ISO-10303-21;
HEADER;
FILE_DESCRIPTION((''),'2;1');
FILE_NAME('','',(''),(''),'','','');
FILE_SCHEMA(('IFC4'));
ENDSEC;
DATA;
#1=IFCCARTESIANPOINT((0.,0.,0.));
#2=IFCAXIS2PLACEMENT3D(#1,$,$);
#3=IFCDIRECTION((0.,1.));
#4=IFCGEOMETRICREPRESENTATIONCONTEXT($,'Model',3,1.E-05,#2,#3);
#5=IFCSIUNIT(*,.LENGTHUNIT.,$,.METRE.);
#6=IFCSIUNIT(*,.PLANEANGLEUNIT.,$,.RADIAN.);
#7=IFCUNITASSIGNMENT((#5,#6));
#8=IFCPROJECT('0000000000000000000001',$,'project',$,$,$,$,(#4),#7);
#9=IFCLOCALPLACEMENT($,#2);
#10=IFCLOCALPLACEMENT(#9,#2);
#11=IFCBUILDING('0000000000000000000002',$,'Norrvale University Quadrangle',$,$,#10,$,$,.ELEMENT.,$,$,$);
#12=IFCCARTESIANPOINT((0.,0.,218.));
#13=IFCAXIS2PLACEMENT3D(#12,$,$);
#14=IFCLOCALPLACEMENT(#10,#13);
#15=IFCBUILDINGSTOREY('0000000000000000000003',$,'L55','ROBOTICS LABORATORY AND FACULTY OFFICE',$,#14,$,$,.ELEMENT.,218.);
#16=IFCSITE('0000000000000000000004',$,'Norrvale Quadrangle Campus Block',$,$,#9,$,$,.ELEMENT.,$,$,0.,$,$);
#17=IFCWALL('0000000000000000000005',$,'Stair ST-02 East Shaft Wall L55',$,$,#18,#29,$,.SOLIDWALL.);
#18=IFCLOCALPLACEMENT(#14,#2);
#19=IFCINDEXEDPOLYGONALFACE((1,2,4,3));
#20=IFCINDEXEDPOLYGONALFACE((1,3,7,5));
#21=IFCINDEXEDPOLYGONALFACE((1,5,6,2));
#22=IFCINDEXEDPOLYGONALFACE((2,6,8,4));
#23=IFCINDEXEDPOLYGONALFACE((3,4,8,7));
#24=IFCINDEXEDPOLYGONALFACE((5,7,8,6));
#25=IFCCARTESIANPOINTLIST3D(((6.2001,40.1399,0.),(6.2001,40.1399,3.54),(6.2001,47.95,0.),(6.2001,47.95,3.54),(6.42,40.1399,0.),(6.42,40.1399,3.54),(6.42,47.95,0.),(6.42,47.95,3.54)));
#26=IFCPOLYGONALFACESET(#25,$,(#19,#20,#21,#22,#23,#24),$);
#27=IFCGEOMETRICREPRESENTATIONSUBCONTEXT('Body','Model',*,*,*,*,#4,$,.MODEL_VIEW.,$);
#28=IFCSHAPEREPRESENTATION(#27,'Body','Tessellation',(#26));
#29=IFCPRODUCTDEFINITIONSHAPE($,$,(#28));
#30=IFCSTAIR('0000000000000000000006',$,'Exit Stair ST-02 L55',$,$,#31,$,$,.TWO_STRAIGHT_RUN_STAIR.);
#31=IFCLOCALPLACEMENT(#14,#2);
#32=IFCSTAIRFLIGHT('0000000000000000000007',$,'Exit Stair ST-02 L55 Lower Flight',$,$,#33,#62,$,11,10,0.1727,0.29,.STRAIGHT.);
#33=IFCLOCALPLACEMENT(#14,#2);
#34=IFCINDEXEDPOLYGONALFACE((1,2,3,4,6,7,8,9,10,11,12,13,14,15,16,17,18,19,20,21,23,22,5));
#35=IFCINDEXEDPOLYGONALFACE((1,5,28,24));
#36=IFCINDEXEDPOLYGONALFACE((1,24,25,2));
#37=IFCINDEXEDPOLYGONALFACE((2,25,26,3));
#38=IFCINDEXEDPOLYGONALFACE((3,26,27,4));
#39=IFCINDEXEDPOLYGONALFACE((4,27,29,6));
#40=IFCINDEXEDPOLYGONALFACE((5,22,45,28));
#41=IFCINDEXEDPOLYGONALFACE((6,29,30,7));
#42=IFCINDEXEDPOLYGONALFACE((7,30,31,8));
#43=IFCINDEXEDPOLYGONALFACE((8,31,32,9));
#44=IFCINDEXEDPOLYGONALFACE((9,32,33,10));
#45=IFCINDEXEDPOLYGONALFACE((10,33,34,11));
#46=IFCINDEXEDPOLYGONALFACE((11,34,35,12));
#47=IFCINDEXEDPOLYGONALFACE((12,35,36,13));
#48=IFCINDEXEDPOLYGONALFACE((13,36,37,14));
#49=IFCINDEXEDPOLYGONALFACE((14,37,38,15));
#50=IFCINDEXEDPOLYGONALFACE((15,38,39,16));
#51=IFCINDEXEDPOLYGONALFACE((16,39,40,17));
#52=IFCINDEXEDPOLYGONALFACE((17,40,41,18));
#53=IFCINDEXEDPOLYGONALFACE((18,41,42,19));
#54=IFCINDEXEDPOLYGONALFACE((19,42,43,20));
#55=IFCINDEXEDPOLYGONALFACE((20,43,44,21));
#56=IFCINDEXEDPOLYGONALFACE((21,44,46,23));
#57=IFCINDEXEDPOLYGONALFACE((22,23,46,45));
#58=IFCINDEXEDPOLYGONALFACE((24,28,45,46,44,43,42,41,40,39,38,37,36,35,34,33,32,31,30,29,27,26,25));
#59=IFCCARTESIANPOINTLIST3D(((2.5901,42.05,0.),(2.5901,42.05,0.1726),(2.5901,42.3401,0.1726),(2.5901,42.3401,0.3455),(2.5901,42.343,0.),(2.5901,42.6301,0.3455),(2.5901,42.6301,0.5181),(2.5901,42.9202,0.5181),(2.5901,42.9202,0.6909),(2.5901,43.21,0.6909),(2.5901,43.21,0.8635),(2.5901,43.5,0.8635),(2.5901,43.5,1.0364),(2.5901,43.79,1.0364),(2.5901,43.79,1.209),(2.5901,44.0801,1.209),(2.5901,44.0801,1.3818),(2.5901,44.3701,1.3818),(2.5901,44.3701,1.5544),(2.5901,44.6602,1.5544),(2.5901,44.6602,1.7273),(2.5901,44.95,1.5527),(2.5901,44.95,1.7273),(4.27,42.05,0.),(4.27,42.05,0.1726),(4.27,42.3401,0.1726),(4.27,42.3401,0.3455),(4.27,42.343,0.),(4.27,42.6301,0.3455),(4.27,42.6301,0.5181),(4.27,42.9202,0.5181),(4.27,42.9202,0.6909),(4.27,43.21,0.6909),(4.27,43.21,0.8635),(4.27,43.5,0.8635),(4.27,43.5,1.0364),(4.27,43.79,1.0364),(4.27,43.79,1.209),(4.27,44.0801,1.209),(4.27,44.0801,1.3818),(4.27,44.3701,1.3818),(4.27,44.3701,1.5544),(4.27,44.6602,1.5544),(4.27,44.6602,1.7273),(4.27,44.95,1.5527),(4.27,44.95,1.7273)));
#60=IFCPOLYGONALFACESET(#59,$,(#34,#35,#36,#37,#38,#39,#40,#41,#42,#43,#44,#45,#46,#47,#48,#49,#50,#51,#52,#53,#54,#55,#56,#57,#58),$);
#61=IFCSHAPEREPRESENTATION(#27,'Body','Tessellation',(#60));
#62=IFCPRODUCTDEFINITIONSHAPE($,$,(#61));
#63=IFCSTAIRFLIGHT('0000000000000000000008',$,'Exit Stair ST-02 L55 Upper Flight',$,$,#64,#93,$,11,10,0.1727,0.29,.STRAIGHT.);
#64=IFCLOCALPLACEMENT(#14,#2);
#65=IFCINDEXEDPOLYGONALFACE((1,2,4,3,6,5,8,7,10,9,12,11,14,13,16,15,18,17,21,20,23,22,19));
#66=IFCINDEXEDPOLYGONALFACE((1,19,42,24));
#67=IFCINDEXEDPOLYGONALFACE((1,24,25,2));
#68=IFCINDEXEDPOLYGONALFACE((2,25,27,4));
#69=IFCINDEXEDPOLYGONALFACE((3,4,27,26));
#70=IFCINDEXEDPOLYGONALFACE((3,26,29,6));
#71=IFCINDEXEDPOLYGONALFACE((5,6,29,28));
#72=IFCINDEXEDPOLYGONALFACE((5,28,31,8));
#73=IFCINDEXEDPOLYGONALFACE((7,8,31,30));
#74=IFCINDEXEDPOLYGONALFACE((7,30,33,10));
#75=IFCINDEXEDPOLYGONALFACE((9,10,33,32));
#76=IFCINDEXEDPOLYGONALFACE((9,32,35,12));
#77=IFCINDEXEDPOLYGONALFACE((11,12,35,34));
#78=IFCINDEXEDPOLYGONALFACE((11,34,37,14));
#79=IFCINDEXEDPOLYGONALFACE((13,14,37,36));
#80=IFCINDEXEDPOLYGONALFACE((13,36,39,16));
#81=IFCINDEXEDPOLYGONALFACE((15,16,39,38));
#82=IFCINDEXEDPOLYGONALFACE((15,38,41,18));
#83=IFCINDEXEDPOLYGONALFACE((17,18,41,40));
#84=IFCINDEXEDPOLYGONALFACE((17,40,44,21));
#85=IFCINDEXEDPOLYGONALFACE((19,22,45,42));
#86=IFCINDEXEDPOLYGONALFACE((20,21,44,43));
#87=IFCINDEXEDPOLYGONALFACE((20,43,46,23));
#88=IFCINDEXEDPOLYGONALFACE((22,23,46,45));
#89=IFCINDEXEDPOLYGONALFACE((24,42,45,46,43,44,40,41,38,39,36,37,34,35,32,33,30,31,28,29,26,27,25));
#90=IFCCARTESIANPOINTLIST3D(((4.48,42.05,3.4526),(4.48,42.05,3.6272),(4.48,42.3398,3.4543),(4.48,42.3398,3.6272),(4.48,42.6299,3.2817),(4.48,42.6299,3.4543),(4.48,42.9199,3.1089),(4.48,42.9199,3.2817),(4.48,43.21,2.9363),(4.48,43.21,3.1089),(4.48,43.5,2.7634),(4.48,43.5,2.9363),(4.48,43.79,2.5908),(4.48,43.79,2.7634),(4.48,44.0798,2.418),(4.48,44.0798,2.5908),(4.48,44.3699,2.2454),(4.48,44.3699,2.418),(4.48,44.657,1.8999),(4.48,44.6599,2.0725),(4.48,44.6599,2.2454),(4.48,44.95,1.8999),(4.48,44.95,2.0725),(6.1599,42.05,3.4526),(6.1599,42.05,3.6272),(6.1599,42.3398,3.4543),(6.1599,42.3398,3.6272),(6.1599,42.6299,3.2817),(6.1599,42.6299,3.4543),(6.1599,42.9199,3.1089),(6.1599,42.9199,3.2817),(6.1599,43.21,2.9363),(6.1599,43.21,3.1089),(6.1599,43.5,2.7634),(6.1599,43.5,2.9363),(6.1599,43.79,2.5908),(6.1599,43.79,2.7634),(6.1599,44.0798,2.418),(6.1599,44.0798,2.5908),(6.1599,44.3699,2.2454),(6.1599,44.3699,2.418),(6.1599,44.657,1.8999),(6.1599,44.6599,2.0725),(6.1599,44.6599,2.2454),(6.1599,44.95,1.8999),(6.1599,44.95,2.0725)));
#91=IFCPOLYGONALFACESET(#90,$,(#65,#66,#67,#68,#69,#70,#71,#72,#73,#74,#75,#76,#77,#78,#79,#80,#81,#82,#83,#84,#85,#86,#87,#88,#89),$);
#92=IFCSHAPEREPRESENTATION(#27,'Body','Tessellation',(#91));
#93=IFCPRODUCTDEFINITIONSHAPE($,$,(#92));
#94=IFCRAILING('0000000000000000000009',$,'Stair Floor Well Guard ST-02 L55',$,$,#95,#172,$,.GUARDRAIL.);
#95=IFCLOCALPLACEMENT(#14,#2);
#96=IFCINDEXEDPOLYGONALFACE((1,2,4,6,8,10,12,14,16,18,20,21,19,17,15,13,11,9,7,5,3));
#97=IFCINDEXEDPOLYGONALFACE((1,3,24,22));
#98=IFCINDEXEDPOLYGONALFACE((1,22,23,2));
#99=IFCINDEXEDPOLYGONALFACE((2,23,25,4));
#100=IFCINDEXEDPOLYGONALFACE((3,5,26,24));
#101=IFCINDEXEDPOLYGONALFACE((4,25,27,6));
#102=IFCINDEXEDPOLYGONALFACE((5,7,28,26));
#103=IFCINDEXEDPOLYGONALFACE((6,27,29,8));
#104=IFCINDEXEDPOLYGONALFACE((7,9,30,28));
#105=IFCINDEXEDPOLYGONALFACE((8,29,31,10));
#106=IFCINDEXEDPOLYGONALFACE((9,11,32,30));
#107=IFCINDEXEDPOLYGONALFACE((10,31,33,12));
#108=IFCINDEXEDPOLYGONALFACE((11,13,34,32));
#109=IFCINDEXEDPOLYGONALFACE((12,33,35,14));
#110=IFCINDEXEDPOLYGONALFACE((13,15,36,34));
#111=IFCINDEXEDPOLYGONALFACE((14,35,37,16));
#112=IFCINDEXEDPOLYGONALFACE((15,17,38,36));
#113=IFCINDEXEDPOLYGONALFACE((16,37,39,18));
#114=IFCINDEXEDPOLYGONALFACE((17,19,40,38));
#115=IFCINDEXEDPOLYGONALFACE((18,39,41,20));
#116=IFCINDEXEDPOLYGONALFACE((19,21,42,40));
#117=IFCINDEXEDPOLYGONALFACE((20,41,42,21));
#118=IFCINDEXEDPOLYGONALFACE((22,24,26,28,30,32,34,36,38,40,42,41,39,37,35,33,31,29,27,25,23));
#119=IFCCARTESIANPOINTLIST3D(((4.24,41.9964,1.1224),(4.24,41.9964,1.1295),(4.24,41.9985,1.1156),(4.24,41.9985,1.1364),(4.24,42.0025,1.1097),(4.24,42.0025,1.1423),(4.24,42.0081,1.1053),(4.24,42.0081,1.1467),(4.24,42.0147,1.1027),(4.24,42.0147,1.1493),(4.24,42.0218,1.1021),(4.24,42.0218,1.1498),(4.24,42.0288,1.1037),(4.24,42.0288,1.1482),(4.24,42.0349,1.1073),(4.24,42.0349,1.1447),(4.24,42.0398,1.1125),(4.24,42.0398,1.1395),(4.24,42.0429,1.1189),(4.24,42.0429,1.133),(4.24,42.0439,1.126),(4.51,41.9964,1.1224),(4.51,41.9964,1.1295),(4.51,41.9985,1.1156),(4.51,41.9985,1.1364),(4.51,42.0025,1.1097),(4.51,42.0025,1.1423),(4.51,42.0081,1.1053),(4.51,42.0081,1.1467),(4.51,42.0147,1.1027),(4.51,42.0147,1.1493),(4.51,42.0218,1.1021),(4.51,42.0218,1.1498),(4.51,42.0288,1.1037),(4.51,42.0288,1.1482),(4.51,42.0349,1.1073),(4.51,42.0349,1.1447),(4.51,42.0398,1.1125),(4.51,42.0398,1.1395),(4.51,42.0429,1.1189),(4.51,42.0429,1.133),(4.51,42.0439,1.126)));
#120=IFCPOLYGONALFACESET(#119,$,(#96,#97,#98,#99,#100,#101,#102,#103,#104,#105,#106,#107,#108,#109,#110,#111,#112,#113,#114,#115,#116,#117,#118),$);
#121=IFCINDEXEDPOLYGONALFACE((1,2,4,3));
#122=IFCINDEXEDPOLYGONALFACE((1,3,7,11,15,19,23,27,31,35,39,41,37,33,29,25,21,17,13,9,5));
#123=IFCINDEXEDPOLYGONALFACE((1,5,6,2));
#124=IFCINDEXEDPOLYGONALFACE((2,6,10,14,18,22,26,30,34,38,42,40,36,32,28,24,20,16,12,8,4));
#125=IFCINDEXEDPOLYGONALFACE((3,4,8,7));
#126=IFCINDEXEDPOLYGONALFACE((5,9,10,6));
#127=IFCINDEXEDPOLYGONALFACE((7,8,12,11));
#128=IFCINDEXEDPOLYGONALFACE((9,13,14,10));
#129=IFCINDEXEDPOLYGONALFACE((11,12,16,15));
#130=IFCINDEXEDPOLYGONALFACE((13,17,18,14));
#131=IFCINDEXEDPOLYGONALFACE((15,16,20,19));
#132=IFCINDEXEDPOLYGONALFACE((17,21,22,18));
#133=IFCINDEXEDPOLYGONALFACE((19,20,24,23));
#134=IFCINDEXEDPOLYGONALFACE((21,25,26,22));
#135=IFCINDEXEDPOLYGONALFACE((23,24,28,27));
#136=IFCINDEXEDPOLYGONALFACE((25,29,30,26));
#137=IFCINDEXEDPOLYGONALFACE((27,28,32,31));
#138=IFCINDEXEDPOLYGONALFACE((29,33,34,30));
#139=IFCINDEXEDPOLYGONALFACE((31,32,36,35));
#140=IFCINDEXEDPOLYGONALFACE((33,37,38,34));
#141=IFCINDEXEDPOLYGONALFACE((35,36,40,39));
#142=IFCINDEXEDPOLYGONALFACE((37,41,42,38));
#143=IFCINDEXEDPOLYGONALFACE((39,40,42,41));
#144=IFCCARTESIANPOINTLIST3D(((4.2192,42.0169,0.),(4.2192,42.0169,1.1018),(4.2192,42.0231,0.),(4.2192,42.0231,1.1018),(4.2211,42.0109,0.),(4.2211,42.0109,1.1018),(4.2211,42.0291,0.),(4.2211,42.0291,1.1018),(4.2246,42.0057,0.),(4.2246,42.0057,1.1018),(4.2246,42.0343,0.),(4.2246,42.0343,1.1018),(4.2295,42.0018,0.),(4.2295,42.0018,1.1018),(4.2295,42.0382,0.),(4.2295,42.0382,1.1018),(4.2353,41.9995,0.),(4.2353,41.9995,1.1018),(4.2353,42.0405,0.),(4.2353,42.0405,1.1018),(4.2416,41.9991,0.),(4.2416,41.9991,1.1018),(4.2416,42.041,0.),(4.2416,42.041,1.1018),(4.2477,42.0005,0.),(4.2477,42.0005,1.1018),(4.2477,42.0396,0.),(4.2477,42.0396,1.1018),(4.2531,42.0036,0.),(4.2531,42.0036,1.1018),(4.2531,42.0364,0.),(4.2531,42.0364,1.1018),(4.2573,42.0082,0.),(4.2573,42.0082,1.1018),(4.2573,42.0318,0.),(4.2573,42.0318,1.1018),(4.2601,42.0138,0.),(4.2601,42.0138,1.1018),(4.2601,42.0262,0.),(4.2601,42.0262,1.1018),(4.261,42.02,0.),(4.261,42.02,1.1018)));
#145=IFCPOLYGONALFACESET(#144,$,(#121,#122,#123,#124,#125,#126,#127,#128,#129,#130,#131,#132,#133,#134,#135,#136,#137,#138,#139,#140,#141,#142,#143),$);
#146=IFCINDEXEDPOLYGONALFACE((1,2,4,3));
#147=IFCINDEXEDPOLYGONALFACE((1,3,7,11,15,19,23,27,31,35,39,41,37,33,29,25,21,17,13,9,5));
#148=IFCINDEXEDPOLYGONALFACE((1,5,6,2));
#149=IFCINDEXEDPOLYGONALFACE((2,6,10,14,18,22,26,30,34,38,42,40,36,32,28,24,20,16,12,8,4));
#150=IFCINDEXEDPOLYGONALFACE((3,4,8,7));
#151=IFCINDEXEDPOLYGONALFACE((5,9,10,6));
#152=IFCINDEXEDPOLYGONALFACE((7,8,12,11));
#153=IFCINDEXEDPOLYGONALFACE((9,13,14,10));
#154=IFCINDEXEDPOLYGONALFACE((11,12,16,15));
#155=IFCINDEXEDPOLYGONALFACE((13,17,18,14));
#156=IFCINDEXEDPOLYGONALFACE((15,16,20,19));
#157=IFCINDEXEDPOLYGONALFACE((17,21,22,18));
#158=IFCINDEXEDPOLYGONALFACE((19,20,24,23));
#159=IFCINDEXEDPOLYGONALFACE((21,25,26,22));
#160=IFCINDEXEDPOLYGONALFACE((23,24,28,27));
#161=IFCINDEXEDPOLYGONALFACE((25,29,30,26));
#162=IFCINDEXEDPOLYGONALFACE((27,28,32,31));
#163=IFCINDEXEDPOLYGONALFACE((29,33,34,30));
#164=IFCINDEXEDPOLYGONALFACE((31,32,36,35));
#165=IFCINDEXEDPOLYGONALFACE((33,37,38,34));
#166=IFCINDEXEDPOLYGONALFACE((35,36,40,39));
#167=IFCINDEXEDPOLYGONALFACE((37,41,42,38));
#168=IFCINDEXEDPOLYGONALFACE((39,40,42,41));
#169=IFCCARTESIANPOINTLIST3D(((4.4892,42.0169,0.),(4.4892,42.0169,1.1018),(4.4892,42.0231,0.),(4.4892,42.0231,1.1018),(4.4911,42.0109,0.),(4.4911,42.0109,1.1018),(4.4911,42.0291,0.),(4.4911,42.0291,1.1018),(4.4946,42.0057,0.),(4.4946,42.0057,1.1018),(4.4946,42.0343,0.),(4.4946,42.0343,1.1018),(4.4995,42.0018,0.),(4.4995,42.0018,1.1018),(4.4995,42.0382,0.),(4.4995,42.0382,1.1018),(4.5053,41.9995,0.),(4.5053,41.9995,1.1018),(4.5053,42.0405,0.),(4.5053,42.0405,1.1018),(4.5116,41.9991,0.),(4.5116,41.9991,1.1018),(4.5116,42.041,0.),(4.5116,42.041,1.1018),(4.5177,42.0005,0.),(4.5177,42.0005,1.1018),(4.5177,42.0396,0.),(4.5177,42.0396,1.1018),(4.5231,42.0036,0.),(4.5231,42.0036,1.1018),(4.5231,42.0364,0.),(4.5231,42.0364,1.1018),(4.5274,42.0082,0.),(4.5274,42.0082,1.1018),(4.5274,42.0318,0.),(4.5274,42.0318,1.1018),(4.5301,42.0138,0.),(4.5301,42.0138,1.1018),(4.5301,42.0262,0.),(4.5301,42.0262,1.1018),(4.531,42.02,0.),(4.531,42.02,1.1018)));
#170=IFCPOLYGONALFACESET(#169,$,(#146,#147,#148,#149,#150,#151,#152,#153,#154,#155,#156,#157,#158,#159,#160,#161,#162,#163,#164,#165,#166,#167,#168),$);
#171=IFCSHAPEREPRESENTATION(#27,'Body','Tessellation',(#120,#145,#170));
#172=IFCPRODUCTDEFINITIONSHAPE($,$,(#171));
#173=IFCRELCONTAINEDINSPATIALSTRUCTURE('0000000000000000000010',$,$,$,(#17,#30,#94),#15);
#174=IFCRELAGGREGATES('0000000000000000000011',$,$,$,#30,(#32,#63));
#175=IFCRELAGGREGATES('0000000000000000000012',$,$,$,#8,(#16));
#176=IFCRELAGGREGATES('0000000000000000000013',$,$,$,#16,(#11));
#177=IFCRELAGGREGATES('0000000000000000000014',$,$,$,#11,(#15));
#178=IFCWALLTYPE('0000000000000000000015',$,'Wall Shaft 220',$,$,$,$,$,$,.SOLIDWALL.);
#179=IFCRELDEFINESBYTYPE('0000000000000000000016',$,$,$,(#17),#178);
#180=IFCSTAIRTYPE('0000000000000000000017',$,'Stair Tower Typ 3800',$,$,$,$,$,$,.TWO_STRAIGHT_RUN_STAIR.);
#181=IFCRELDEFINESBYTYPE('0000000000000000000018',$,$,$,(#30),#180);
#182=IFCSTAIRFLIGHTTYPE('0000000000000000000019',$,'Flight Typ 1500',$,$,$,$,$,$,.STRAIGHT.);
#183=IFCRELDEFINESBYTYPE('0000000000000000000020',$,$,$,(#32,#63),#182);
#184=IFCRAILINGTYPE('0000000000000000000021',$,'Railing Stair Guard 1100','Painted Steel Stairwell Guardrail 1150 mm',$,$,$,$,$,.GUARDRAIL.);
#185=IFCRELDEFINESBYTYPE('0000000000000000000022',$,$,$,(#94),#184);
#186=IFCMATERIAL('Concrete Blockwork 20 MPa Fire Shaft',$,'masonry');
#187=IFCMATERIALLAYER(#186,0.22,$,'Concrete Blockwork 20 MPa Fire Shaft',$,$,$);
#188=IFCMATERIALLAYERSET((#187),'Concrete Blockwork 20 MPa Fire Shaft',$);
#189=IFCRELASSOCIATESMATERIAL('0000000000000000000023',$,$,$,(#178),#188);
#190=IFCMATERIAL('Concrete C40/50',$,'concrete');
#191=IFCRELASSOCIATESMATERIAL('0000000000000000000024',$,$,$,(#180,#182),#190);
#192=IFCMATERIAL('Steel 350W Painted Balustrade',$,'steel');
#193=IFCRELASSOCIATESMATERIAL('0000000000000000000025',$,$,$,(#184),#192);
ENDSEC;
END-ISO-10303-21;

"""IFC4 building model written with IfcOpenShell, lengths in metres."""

from ifc_helpers import new_model, si_unit, direction, frame, frame_2d, origin, origin_2d, place, context, subcontext, project, spatial, polyline, rectangle, circle, outline, extrude, material, layer, layer_set, type_object, element, aggregate, save


model = new_model("IFC4")

# Units and contexts
model_context = context("Model", 3, precision=1e-05, world=origin(), true_north=direction((0.0, 1.0)))
body_context = subcontext(model_context, "Body", "Model", "MODEL_VIEW")
ifc_project = project(units=[si_unit("LENGTHUNIT", "METRE"), si_unit("PLANEANGLEUNIT", "RADIAN")], contexts=[model_context])

# Site, building, storey
site_placement = place(None, origin())
site = spatial("IfcSite", under=ifc_project, at=site_placement, Name="Norrvale Quadrangle Campus Block", CompositionType="ELEMENT", RefElevation=0.0)
building_placement = place(site_placement, origin())
building = spatial("IfcBuilding", under=site, at=building_placement, Name="Norrvale University Quadrangle", CompositionType="ELEMENT")
storey_placement = place(building_placement, frame((0.0, 0.0, 218.0)))
storey = spatial("IfcBuildingStorey", under=building, at=storey_placement, Name="L55", Description="ROBOTICS LABORATORY AND FACULTY OFFICE", CompositionType="ELEMENT", Elevation=218.0)

# Shared definitions
ifc_material_1 = material(Name="Concrete Blockwork 20 MPa Fire Shaft", Category="masonry")
ifc_layer_1 = layer(ifc_material_1, 0.22, Name="Concrete Blockwork 20 MPa Fire Shaft")
ifc_layer_set_1 = layer_set([ifc_layer_1], Name="Concrete Blockwork 20 MPa Fire Shaft")
wall_type_1 = type_object("IfcWallType", Name="Wall Shaft 220", PredefinedType="SOLIDWALL", material=ifc_layer_set_1)

# Wall
wall_1_placement = place(storey_placement, frame((6.3101, 40.1399, 0.0), z_axis=(0.0, 0.0, 1.0), x_axis=(0.0, 1.0, 0.0)))
element("IfcWall", 1, at=wall_1_placement, inside=storey, type_object=wall_type_1, Name="Stair ST-02 East Shaft Wall L55", PredefinedType="SOLIDWALL", context=body_context, shape_type="SweptSolid", body=[
    extrude(rectangle(XDim=7.8101, YDim=0.22, at=frame_2d((3.905, 0.0))), origin(), (0.0, 0.0, 1.0), 3.54),
])

# Stair, stair flights
ifc_material_2 = material(Name="Concrete C40/50", Category="concrete")
stair_type = type_object("IfcStairType", Name="Stair Tower Typ 3800", PredefinedType="TWO_STRAIGHT_RUN_STAIR", material=ifc_material_2)
stair_placement = place(storey_placement, origin())
stair = element("IfcStair", 2, at=stair_placement, inside=storey, type_object=stair_type, Name="Exit Stair ST-02 L55", PredefinedType="TWO_STRAIGHT_RUN_STAIR")
stair_flight_type = type_object("IfcStairFlightType", Name="Flight Typ 1500", PredefinedType="STRAIGHT", material=ifc_material_2)
stair_flight_1_placement = place(storey_placement, frame((3.4299, 42.05, 0.0), z_axis=(0.0, 0.0, 1.0), x_axis=(0.0, 1.0, 0.0)))
stair_flight_1 = element("IfcStairFlight", 3, at=stair_flight_1_placement, type_object=stair_flight_type, Name="Exit Stair ST-02 L55 Lower Flight", NumberOfRisers=11, NumberOfTreads=10, PredefinedType="STRAIGHT", RiserHeight=0.1727, TreadLength=0.29, context=body_context, shape_type="SweptSolid", body=[
    extrude(outline(polyline([(0.0, 0.0), (0.0, 0.1726), (0.29, 0.1726), (0.29, 0.3455), (0.5801, 0.3455), (0.5801, 0.5181), (0.8701, 0.5181), (0.8701, 0.6909), (1.1599, 0.6909), (1.1599, 0.8635), (1.45, 0.8635), (1.45, 1.0364), (1.74, 1.0364), (1.74, 1.209), (2.03, 1.209), (2.03, 1.3818), (2.3201, 1.3818), (2.3201, 1.5544), (2.6101, 1.5544), (2.6101, 1.7273), (2.8999, 1.7273), (2.8999, 1.8999), (2.8999, 1.5527), (0.293, 0.0), (0.0, 0.0)])), frame((0.0, 0.8398, 0.0), z_axis=(0.0, -1.0, 0.0), x_axis=(1.0, 0.0, 0.0)), (0.0, 0.0, 1.0), 1.6799),
])
stair_flight_2_placement = place(storey_placement, frame((5.3201, 44.95, 1.8999), z_axis=(0.0, 0.0, 1.0), x_axis=(0.0, -1.0, 0.0)))
stair_flight_2 = element("IfcStairFlight", 4, at=stair_flight_2_placement, type_object=stair_flight_type, Name="Exit Stair ST-02 L55 Upper Flight", NumberOfRisers=11, NumberOfTreads=10, PredefinedType="STRAIGHT", RiserHeight=0.1727, TreadLength=0.29, context=body_context, shape_type="SweptSolid", body=[
    extrude(outline(polyline([(0.0, 0.0), (0.0, 0.1726), (0.29, 0.1726), (0.29, 0.3455), (0.5801, 0.3455), (0.5801, 0.5181), (0.8701, 0.5181), (0.8701, 0.6909), (1.1599, 0.6909), (1.1599, 0.8635), (1.45, 0.8635), (1.45, 1.0364), (1.74, 1.0364), (1.74, 1.209), (2.03, 1.209), (2.03, 1.3818), (2.3201, 1.3818), (2.3201, 1.5544), (2.6101, 1.5544), (2.6101, 1.7273), (2.8999, 1.7273), (2.8999, 1.8999), (2.8999, 1.5527), (0.293, 0.0), (0.0, 0.0)])), frame((0.0, 0.8398, 0.0), z_axis=(0.0, -1.0, 0.0), x_axis=(1.0, 0.0, 0.0)), (0.0, 0.0, 1.0), 1.6799),
])
aggregate(stair, [stair_flight_1, stair_flight_2])

# Railing
ifc_material_3 = material(Name="Steel 350W Painted Balustrade", Category="steel")
railing_type_1 = type_object("IfcRailingType", Name="Railing Stair Guard 1100", Description="Painted Steel Stairwell Guardrail 1150 mm", PredefinedType="GUARDRAIL", material=ifc_material_3)
railing_1_placement = place(storey_placement, frame((4.24, 42.02, 0.0)))
element("IfcRailing", 5, at=railing_1_placement, inside=storey, type_object=railing_type_1, Name="Stair Floor Well Guard ST-02 L55", PredefinedType="GUARDRAIL", context=body_context, shape_type="SweptSolid", body=[
    extrude(circle(Radius=0.0239, at=origin_2d()), frame((0.0, 0.0, 1.126), z_axis=(1.0, 0.0, 0.0), x_axis=(0.0, 1.0, 0.0)), (0.0, 0.0, 1.0), 0.27),
    extrude(circle(Radius=0.021, at=origin_2d()), origin(), (0.0, 0.0, 1.0), 1.1018),
    extrude(circle(Radius=0.021, at=origin_2d()), frame((0.27, 0.0, 0.0)), (0.0, 0.0, 1.0), 1.1018),
])

save(model, "model.ifc")
